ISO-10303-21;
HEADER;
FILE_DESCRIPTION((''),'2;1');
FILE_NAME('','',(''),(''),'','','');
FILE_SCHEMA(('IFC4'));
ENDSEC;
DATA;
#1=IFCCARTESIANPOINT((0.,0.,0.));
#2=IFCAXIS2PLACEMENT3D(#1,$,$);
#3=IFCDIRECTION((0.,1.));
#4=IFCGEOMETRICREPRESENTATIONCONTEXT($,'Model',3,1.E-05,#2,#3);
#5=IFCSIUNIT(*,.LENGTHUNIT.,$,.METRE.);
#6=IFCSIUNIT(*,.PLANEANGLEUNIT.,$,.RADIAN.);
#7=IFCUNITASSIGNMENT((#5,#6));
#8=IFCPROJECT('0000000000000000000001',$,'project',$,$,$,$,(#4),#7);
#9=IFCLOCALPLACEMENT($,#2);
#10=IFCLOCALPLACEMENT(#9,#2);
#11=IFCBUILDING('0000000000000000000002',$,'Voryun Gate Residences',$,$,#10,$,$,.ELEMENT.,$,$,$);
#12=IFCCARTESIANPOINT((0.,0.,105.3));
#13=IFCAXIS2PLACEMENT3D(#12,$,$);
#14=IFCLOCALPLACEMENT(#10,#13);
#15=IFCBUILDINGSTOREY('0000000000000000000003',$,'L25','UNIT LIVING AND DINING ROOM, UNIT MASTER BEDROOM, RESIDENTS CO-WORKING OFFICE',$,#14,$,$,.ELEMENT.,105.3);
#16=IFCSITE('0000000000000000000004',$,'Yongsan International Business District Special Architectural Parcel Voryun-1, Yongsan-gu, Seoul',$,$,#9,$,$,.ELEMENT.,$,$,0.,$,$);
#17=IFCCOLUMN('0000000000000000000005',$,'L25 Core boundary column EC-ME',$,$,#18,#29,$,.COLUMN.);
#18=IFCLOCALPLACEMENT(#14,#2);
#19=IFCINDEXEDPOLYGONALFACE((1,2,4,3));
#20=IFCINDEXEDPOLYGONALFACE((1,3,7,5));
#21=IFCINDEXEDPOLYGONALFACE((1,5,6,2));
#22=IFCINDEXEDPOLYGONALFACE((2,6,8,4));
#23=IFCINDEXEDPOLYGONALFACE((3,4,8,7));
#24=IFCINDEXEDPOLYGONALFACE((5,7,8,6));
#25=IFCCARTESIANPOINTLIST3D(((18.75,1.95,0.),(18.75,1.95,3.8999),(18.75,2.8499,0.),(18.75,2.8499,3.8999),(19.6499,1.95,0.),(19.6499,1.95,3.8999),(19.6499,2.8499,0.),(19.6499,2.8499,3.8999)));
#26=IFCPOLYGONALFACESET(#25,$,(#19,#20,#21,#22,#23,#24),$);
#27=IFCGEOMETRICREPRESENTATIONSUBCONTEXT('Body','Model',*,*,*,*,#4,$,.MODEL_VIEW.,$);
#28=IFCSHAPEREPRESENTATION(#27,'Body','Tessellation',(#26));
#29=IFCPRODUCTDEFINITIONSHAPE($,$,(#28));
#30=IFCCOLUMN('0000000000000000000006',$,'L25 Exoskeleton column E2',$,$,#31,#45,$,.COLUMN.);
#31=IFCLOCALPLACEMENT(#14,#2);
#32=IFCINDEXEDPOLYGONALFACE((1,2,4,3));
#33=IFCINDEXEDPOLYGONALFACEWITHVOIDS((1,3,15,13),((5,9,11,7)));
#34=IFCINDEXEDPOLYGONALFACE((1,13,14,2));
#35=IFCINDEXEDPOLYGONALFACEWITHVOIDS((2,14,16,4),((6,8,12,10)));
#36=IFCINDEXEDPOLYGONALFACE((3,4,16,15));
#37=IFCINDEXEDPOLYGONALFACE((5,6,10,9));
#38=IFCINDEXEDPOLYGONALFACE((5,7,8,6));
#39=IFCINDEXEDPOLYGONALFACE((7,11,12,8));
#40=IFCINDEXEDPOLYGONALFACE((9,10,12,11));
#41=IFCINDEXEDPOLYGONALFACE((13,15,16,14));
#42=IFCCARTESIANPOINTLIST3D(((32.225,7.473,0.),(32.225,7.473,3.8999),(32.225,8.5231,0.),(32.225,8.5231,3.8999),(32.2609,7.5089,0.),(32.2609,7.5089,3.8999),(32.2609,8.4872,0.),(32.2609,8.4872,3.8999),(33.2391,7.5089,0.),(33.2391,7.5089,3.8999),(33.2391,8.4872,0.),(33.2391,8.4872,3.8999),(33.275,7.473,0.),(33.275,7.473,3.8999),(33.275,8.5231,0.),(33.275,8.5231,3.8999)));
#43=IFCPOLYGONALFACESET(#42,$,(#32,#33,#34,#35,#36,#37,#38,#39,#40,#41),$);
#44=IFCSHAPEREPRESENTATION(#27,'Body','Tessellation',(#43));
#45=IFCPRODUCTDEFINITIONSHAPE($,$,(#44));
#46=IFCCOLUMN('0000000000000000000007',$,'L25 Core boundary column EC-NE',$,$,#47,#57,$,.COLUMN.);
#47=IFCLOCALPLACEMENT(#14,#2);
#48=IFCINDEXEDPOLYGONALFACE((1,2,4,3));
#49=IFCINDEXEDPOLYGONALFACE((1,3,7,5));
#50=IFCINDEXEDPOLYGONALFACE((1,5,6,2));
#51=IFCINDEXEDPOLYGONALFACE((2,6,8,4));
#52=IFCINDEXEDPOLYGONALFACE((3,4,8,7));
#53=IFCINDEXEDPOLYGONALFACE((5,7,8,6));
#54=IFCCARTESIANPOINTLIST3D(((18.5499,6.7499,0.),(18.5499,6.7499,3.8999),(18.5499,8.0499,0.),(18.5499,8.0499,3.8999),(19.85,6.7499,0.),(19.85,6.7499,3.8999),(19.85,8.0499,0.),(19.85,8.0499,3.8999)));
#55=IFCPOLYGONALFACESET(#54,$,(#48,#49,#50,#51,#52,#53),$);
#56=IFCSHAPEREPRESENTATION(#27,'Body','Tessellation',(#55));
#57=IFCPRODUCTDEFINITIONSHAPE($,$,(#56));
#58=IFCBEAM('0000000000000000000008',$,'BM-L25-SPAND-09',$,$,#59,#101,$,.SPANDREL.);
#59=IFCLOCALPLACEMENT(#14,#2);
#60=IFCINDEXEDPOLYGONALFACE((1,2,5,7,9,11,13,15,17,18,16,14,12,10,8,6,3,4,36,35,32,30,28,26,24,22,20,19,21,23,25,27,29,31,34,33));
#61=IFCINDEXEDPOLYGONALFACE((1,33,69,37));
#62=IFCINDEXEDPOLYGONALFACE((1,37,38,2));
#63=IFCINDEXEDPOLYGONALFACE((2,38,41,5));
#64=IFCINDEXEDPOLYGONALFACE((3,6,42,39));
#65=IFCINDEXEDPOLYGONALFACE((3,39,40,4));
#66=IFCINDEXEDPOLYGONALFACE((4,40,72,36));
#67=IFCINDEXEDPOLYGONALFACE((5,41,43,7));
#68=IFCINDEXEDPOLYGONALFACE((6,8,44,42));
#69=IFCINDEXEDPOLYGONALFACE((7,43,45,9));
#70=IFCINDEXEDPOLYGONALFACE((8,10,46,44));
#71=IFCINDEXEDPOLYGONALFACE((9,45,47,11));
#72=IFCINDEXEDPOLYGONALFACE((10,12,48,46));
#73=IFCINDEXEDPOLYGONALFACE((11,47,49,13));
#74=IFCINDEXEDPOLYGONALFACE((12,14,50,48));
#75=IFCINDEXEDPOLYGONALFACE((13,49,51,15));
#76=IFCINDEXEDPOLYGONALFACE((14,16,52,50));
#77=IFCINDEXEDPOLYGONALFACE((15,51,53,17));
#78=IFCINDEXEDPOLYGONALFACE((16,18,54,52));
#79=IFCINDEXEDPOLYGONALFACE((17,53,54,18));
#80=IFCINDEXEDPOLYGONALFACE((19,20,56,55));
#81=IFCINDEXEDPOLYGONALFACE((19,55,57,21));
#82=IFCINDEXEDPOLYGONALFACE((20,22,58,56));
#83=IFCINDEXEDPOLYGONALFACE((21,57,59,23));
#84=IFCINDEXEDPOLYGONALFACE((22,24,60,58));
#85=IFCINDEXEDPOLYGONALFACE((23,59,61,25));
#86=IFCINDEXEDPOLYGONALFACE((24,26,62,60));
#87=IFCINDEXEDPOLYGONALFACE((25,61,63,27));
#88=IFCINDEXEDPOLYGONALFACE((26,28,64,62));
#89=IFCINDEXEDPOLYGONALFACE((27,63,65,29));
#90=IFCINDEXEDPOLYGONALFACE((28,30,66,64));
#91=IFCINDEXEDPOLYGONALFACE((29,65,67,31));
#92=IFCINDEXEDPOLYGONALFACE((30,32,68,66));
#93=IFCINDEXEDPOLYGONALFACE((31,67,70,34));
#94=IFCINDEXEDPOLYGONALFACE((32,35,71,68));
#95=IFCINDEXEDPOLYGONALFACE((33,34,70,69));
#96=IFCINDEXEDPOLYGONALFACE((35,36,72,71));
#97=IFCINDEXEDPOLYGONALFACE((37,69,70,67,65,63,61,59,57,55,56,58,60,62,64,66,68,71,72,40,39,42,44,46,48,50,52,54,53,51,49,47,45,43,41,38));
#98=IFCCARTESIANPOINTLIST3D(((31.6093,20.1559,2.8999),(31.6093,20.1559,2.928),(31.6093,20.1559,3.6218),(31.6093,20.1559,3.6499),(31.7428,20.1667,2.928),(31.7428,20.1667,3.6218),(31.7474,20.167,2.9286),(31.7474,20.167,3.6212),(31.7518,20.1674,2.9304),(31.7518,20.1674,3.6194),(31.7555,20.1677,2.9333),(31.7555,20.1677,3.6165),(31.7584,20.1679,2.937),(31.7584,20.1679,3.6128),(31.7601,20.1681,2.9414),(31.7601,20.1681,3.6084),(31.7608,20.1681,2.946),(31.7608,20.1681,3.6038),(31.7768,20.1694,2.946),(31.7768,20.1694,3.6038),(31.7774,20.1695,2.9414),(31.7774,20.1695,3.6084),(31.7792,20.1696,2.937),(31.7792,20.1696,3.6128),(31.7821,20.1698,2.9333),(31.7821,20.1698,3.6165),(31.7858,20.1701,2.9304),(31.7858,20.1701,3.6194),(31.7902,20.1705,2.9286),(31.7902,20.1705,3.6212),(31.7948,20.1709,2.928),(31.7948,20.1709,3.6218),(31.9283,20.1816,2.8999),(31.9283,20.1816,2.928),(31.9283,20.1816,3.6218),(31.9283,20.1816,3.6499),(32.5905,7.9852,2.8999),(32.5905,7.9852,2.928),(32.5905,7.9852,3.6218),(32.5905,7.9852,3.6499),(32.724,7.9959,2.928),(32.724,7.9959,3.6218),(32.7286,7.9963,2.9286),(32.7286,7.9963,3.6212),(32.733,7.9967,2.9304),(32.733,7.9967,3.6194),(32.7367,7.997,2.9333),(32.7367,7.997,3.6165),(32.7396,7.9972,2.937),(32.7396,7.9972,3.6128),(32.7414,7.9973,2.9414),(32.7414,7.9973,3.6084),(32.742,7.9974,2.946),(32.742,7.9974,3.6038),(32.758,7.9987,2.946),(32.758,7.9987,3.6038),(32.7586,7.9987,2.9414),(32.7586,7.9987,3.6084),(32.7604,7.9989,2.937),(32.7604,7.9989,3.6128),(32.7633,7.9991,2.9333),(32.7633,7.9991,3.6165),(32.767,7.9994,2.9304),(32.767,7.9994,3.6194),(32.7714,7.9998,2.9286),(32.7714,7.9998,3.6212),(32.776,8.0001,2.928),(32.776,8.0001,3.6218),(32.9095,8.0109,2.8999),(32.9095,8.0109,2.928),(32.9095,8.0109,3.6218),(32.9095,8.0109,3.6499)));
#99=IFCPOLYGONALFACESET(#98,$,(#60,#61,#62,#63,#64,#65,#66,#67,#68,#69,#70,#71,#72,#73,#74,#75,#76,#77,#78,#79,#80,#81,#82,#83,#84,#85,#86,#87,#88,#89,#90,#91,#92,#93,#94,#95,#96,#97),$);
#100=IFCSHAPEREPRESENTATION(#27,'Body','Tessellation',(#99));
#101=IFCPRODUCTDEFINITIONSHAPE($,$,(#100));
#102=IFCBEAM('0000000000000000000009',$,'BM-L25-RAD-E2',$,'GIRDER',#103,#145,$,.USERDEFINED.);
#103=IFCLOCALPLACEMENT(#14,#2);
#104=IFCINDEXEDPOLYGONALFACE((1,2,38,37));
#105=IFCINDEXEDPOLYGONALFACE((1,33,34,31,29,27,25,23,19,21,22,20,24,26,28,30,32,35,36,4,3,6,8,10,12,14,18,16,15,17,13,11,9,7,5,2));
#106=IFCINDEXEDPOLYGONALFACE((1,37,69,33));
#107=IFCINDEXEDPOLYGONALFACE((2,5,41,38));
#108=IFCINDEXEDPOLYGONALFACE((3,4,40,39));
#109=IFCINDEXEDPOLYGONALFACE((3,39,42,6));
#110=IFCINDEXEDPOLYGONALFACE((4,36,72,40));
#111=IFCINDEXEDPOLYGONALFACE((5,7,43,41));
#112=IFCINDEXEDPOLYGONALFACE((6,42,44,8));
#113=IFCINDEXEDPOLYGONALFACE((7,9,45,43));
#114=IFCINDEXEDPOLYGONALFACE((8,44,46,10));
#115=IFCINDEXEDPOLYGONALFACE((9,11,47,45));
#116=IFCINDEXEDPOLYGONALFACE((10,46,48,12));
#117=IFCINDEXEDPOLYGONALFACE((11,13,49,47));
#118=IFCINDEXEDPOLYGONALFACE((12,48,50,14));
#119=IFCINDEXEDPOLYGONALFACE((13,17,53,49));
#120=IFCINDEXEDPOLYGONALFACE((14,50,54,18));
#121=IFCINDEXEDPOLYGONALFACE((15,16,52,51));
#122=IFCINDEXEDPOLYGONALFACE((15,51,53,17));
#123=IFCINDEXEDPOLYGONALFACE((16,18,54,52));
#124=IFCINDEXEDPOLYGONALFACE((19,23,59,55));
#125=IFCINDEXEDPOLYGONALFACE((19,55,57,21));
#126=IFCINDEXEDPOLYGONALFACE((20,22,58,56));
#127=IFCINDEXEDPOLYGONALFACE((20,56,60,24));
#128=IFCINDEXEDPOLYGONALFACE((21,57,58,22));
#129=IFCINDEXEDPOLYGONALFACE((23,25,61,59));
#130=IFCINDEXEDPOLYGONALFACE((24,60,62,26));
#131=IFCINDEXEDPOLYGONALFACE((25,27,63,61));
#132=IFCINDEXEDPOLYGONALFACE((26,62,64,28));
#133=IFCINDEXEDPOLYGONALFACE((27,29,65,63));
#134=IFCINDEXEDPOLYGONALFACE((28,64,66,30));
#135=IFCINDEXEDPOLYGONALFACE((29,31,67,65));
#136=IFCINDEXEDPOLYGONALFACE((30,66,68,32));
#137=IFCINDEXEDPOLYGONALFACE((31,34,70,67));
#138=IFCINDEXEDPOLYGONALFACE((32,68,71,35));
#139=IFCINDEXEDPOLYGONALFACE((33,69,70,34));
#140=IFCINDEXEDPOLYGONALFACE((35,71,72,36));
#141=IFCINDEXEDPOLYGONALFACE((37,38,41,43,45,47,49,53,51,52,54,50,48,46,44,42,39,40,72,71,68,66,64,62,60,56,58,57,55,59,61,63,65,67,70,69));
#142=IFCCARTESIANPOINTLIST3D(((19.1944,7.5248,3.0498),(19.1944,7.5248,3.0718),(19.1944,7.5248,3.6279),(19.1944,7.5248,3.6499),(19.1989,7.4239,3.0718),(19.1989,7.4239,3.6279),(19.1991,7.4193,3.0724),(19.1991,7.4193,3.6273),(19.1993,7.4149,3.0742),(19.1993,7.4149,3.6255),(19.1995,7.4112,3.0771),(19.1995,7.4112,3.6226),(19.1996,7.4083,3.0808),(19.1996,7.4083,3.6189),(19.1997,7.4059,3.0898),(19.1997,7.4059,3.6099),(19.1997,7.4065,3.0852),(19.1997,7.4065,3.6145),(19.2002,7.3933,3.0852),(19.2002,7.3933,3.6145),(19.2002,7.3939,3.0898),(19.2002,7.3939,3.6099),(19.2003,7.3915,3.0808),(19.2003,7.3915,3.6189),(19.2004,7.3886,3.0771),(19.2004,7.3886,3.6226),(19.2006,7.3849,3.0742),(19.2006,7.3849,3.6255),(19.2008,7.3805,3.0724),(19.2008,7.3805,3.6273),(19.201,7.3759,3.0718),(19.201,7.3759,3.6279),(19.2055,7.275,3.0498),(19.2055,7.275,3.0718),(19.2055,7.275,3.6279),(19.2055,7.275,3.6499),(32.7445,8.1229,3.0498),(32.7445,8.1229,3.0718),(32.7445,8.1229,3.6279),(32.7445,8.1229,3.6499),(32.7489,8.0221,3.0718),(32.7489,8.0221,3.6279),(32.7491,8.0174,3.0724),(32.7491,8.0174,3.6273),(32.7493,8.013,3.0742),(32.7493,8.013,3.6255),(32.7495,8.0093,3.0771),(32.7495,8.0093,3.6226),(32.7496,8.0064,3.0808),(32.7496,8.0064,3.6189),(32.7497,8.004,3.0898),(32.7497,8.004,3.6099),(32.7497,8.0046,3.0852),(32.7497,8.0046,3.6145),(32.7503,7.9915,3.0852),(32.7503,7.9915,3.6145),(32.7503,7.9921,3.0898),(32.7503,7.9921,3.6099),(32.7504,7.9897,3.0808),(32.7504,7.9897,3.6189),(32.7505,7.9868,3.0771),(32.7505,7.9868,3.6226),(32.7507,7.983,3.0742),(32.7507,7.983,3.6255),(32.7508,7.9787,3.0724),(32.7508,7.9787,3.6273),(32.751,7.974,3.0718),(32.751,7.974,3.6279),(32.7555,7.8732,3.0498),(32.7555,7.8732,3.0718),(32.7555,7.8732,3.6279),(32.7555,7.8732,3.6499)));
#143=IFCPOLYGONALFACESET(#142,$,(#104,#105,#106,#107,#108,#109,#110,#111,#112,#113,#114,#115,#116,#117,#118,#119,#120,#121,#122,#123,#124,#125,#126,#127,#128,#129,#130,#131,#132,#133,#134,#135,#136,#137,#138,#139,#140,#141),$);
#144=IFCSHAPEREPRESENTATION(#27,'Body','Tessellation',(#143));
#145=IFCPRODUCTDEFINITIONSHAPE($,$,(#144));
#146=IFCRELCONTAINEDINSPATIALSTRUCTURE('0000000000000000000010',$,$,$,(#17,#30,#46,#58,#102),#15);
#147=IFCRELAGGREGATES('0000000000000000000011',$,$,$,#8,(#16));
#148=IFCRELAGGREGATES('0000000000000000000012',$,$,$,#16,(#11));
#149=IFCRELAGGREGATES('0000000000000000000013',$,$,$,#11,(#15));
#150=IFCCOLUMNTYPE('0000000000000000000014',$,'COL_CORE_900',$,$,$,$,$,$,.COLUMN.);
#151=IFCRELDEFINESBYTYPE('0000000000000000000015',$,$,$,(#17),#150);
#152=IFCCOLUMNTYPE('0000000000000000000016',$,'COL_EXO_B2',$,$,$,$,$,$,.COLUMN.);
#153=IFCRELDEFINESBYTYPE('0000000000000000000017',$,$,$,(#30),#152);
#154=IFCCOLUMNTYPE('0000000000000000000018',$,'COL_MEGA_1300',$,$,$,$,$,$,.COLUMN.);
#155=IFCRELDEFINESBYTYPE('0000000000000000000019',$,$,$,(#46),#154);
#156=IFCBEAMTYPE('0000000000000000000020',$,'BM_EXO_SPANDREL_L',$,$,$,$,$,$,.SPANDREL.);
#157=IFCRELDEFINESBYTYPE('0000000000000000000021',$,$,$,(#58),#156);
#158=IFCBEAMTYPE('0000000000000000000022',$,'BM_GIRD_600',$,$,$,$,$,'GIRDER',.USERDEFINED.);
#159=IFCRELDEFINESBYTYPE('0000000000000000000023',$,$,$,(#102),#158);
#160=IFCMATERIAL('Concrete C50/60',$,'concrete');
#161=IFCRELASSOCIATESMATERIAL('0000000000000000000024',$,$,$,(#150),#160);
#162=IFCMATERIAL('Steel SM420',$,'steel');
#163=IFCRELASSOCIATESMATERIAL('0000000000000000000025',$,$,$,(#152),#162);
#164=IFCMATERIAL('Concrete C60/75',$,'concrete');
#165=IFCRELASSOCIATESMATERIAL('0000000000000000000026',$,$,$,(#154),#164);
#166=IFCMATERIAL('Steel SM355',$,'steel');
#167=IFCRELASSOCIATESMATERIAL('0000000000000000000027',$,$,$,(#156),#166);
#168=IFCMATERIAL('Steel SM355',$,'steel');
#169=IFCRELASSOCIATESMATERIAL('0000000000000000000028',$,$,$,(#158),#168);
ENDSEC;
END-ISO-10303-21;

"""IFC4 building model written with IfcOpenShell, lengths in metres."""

from ifc_helpers import new_model, si_unit, direction, frame, origin, origin_2d, place, context, subcontext, project, spatial, rectangle, hollow_rectangle, i_section, extrude, material, material_profile, profile_set, type_object, element, save


model = new_model("IFC4")

# Units and contexts
model_context = context("Model", 3, precision=1e-05, world=origin(), true_north=direction((0.0, 1.0)))
body_context = subcontext(model_context, "Body", "Model", "MODEL_VIEW")
ifc_project = project(units=[si_unit("LENGTHUNIT", "METRE"), si_unit("PLANEANGLEUNIT", "RADIAN")], contexts=[model_context])

# Site, building, storey
site_placement = place(None, origin())
site = spatial("IfcSite", under=ifc_project, at=site_placement, Name="Yongsan International Business District Special Architectural Parcel Voryun-1, Yongsan-gu, Seoul", CompositionType="ELEMENT", RefElevation=0.0)
building_placement = place(site_placement, origin())
building = spatial("IfcBuilding", under=site, at=building_placement, Name="Voryun Gate Residences", CompositionType="ELEMENT")
storey_placement = place(building_placement, frame((0.0, 0.0, 105.3)))
storey = spatial("IfcBuildingStorey", under=building, at=storey_placement, Name="L25", Description="UNIT LIVING AND DINING ROOM, UNIT MASTER BEDROOM, RESIDENTS CO-WORKING OFFICE", CompositionType="ELEMENT", Elevation=105.3)

# Columns
ifc_material_1 = material(Name="Concrete C50/60", Category="concrete")
ifc_material_profile_1 = material_profile(ifc_material_1, rectangle(XDim=0.8999, YDim=0.8999, at=origin_2d()), Name="RC-900x900")
ifc_profile_set_1 = profile_set([ifc_material_profile_1], Name="Concrete C50/60")
column_type_1 = type_object("IfcColumnType", Name="COL_CORE_900", PredefinedType="COLUMN", material=ifc_profile_set_1)
column_1_placement = place(storey_placement, frame((19.2, 2.3999, 0.0), z_axis=(0.0, 0.0, 1.0), x_axis=(1.0, 0.0, 0.0)))
element("IfcColumn", 1, at=column_1_placement, inside=storey, type_object=column_type_1, Name="L25 Core boundary column EC-ME", PredefinedType="COLUMN", context=body_context, shape_type="SweptSolid", body=[
    extrude(rectangle(XDim=0.8999, YDim=0.8999, at=origin_2d()), origin(), (0.0, 0.0, 1.0), 3.8999),
])
ifc_material_2 = material(Name="Steel SM420", Category="steel")
ifc_material_profile_2 = material_profile(ifc_material_2, hollow_rectangle(XDim=1.05, YDim=1.05, WallThickness=0.0359, at=origin_2d()), Name="BOX-1050x1050x36")
ifc_profile_set_2 = profile_set([ifc_material_profile_2], Name="Steel SM420")
column_type_2 = type_object("IfcColumnType", Name="COL_EXO_B2", PredefinedType="COLUMN", material=ifc_profile_set_2)
column_2_placement = place(storey_placement, frame((32.75, 7.998, 0.0), z_axis=(0.0, 0.0, 1.0), x_axis=(1.0, 0.0, 0.0)))
element("IfcColumn", 2, at=column_2_placement, inside=storey, type_object=column_type_2, Name="L25 Exoskeleton column E2", PredefinedType="COLUMN", context=body_context, shape_type="SweptSolid", body=[
    extrude(hollow_rectangle(XDim=1.05, YDim=1.05, WallThickness=0.0359, at=origin_2d()), origin(), (0.0, 0.0, 1.0), 3.8999),
])
ifc_material_3 = material(Name="Concrete C60/75", Category="concrete")
ifc_material_profile_3 = material_profile(ifc_material_3, rectangle(XDim=1.3, YDim=1.3, at=origin_2d()), Name="RC-1300x1300")
ifc_profile_set_3 = profile_set([ifc_material_profile_3], Name="Concrete C60/75")
column_type_3 = type_object("IfcColumnType", Name="COL_MEGA_1300", PredefinedType="COLUMN", material=ifc_profile_set_3)
column_3_placement = place(storey_placement, frame((19.2, 7.3999, 0.0), z_axis=(0.0, 0.0, 1.0), x_axis=(1.0, 0.0, 0.0)))
element("IfcColumn", 3, at=column_3_placement, inside=storey, type_object=column_type_3, Name="L25 Core boundary column EC-NE", PredefinedType="COLUMN", context=body_context, shape_type="SweptSolid", body=[
    extrude(rectangle(XDim=1.3, YDim=1.3, at=origin_2d()), origin(), (0.0, 0.0, 1.0), 3.8999),
])

# Beams
ifc_material_4 = material(Name="Steel SM355", Category="steel")
ifc_material_profile_4 = material_profile(ifc_material_4, i_section(OverallWidth=0.3201, OverallDepth=0.75, WebThickness=0.0161, FlangeThickness=0.0281, FilletRadius=0.0181, at=origin_2d()), Name="H-750x320x16x28")
ifc_profile_set_4 = profile_set([ifc_material_profile_4], Name="Steel SM355")
beam_type_1 = type_object("IfcBeamType", Name="BM_EXO_SPANDREL_L", PredefinedType="SPANDREL", material=ifc_profile_set_4)
beam_1_placement = place(storey_placement, frame((32.75, 7.998, 3.2749), z_axis=(-0.08036, 0.996766, 0.0), x_axis=(-0.996766, -0.08036, 0.0)))
element("IfcBeam", 4, at=beam_1_placement, inside=storey, type_object=beam_type_1, Name="BM-L25-SPAND-09", PredefinedType="SPANDREL", context=body_context, shape_type="SweptSolid", body=[
    extrude(i_section(OverallWidth=0.3201, OverallDepth=0.75, WebThickness=0.0161, FlangeThickness=0.0281, FilletRadius=0.0181, at=origin_2d()), origin(), (0.0, 0.0, 1.0), 12.2102),
])
ifc_material_5 = material(Name="Steel SM355", Category="steel")
ifc_material_profile_5 = material_profile(ifc_material_5, i_section(OverallWidth=0.25, OverallDepth=0.6001, WebThickness=0.012, FlangeThickness=0.022, FilletRadius=0.0181, at=origin_2d()), Name="H-600x250x12x22")
ifc_profile_set_5 = profile_set([ifc_material_profile_5], Name="Steel SM355")
beam_type_2 = type_object("IfcBeamType", Name="BM_GIRD_600", ElementType="GIRDER", PredefinedType="USERDEFINED", material=ifc_profile_set_5)
beam_2_placement = place(storey_placement, frame((19.2, 7.3999, 3.3499), z_axis=(0.999027, 0.0441, 0.0), x_axis=(-0.0441, 0.999027, 0.0)))
element("IfcBeam", 5, at=beam_2_placement, inside=storey, type_object=beam_type_2, Name="BM-L25-RAD-E2", ObjectType="GIRDER", PredefinedType="USERDEFINED", context=body_context, shape_type="SweptSolid", body=[
    extrude(i_section(OverallWidth=0.25, OverallDepth=0.6001, WebThickness=0.012, FlangeThickness=0.022, FilletRadius=0.0181, at=origin_2d()), origin(), (0.0, 0.0, 1.0), 13.5632),
])

save(model, "model.ifc")
